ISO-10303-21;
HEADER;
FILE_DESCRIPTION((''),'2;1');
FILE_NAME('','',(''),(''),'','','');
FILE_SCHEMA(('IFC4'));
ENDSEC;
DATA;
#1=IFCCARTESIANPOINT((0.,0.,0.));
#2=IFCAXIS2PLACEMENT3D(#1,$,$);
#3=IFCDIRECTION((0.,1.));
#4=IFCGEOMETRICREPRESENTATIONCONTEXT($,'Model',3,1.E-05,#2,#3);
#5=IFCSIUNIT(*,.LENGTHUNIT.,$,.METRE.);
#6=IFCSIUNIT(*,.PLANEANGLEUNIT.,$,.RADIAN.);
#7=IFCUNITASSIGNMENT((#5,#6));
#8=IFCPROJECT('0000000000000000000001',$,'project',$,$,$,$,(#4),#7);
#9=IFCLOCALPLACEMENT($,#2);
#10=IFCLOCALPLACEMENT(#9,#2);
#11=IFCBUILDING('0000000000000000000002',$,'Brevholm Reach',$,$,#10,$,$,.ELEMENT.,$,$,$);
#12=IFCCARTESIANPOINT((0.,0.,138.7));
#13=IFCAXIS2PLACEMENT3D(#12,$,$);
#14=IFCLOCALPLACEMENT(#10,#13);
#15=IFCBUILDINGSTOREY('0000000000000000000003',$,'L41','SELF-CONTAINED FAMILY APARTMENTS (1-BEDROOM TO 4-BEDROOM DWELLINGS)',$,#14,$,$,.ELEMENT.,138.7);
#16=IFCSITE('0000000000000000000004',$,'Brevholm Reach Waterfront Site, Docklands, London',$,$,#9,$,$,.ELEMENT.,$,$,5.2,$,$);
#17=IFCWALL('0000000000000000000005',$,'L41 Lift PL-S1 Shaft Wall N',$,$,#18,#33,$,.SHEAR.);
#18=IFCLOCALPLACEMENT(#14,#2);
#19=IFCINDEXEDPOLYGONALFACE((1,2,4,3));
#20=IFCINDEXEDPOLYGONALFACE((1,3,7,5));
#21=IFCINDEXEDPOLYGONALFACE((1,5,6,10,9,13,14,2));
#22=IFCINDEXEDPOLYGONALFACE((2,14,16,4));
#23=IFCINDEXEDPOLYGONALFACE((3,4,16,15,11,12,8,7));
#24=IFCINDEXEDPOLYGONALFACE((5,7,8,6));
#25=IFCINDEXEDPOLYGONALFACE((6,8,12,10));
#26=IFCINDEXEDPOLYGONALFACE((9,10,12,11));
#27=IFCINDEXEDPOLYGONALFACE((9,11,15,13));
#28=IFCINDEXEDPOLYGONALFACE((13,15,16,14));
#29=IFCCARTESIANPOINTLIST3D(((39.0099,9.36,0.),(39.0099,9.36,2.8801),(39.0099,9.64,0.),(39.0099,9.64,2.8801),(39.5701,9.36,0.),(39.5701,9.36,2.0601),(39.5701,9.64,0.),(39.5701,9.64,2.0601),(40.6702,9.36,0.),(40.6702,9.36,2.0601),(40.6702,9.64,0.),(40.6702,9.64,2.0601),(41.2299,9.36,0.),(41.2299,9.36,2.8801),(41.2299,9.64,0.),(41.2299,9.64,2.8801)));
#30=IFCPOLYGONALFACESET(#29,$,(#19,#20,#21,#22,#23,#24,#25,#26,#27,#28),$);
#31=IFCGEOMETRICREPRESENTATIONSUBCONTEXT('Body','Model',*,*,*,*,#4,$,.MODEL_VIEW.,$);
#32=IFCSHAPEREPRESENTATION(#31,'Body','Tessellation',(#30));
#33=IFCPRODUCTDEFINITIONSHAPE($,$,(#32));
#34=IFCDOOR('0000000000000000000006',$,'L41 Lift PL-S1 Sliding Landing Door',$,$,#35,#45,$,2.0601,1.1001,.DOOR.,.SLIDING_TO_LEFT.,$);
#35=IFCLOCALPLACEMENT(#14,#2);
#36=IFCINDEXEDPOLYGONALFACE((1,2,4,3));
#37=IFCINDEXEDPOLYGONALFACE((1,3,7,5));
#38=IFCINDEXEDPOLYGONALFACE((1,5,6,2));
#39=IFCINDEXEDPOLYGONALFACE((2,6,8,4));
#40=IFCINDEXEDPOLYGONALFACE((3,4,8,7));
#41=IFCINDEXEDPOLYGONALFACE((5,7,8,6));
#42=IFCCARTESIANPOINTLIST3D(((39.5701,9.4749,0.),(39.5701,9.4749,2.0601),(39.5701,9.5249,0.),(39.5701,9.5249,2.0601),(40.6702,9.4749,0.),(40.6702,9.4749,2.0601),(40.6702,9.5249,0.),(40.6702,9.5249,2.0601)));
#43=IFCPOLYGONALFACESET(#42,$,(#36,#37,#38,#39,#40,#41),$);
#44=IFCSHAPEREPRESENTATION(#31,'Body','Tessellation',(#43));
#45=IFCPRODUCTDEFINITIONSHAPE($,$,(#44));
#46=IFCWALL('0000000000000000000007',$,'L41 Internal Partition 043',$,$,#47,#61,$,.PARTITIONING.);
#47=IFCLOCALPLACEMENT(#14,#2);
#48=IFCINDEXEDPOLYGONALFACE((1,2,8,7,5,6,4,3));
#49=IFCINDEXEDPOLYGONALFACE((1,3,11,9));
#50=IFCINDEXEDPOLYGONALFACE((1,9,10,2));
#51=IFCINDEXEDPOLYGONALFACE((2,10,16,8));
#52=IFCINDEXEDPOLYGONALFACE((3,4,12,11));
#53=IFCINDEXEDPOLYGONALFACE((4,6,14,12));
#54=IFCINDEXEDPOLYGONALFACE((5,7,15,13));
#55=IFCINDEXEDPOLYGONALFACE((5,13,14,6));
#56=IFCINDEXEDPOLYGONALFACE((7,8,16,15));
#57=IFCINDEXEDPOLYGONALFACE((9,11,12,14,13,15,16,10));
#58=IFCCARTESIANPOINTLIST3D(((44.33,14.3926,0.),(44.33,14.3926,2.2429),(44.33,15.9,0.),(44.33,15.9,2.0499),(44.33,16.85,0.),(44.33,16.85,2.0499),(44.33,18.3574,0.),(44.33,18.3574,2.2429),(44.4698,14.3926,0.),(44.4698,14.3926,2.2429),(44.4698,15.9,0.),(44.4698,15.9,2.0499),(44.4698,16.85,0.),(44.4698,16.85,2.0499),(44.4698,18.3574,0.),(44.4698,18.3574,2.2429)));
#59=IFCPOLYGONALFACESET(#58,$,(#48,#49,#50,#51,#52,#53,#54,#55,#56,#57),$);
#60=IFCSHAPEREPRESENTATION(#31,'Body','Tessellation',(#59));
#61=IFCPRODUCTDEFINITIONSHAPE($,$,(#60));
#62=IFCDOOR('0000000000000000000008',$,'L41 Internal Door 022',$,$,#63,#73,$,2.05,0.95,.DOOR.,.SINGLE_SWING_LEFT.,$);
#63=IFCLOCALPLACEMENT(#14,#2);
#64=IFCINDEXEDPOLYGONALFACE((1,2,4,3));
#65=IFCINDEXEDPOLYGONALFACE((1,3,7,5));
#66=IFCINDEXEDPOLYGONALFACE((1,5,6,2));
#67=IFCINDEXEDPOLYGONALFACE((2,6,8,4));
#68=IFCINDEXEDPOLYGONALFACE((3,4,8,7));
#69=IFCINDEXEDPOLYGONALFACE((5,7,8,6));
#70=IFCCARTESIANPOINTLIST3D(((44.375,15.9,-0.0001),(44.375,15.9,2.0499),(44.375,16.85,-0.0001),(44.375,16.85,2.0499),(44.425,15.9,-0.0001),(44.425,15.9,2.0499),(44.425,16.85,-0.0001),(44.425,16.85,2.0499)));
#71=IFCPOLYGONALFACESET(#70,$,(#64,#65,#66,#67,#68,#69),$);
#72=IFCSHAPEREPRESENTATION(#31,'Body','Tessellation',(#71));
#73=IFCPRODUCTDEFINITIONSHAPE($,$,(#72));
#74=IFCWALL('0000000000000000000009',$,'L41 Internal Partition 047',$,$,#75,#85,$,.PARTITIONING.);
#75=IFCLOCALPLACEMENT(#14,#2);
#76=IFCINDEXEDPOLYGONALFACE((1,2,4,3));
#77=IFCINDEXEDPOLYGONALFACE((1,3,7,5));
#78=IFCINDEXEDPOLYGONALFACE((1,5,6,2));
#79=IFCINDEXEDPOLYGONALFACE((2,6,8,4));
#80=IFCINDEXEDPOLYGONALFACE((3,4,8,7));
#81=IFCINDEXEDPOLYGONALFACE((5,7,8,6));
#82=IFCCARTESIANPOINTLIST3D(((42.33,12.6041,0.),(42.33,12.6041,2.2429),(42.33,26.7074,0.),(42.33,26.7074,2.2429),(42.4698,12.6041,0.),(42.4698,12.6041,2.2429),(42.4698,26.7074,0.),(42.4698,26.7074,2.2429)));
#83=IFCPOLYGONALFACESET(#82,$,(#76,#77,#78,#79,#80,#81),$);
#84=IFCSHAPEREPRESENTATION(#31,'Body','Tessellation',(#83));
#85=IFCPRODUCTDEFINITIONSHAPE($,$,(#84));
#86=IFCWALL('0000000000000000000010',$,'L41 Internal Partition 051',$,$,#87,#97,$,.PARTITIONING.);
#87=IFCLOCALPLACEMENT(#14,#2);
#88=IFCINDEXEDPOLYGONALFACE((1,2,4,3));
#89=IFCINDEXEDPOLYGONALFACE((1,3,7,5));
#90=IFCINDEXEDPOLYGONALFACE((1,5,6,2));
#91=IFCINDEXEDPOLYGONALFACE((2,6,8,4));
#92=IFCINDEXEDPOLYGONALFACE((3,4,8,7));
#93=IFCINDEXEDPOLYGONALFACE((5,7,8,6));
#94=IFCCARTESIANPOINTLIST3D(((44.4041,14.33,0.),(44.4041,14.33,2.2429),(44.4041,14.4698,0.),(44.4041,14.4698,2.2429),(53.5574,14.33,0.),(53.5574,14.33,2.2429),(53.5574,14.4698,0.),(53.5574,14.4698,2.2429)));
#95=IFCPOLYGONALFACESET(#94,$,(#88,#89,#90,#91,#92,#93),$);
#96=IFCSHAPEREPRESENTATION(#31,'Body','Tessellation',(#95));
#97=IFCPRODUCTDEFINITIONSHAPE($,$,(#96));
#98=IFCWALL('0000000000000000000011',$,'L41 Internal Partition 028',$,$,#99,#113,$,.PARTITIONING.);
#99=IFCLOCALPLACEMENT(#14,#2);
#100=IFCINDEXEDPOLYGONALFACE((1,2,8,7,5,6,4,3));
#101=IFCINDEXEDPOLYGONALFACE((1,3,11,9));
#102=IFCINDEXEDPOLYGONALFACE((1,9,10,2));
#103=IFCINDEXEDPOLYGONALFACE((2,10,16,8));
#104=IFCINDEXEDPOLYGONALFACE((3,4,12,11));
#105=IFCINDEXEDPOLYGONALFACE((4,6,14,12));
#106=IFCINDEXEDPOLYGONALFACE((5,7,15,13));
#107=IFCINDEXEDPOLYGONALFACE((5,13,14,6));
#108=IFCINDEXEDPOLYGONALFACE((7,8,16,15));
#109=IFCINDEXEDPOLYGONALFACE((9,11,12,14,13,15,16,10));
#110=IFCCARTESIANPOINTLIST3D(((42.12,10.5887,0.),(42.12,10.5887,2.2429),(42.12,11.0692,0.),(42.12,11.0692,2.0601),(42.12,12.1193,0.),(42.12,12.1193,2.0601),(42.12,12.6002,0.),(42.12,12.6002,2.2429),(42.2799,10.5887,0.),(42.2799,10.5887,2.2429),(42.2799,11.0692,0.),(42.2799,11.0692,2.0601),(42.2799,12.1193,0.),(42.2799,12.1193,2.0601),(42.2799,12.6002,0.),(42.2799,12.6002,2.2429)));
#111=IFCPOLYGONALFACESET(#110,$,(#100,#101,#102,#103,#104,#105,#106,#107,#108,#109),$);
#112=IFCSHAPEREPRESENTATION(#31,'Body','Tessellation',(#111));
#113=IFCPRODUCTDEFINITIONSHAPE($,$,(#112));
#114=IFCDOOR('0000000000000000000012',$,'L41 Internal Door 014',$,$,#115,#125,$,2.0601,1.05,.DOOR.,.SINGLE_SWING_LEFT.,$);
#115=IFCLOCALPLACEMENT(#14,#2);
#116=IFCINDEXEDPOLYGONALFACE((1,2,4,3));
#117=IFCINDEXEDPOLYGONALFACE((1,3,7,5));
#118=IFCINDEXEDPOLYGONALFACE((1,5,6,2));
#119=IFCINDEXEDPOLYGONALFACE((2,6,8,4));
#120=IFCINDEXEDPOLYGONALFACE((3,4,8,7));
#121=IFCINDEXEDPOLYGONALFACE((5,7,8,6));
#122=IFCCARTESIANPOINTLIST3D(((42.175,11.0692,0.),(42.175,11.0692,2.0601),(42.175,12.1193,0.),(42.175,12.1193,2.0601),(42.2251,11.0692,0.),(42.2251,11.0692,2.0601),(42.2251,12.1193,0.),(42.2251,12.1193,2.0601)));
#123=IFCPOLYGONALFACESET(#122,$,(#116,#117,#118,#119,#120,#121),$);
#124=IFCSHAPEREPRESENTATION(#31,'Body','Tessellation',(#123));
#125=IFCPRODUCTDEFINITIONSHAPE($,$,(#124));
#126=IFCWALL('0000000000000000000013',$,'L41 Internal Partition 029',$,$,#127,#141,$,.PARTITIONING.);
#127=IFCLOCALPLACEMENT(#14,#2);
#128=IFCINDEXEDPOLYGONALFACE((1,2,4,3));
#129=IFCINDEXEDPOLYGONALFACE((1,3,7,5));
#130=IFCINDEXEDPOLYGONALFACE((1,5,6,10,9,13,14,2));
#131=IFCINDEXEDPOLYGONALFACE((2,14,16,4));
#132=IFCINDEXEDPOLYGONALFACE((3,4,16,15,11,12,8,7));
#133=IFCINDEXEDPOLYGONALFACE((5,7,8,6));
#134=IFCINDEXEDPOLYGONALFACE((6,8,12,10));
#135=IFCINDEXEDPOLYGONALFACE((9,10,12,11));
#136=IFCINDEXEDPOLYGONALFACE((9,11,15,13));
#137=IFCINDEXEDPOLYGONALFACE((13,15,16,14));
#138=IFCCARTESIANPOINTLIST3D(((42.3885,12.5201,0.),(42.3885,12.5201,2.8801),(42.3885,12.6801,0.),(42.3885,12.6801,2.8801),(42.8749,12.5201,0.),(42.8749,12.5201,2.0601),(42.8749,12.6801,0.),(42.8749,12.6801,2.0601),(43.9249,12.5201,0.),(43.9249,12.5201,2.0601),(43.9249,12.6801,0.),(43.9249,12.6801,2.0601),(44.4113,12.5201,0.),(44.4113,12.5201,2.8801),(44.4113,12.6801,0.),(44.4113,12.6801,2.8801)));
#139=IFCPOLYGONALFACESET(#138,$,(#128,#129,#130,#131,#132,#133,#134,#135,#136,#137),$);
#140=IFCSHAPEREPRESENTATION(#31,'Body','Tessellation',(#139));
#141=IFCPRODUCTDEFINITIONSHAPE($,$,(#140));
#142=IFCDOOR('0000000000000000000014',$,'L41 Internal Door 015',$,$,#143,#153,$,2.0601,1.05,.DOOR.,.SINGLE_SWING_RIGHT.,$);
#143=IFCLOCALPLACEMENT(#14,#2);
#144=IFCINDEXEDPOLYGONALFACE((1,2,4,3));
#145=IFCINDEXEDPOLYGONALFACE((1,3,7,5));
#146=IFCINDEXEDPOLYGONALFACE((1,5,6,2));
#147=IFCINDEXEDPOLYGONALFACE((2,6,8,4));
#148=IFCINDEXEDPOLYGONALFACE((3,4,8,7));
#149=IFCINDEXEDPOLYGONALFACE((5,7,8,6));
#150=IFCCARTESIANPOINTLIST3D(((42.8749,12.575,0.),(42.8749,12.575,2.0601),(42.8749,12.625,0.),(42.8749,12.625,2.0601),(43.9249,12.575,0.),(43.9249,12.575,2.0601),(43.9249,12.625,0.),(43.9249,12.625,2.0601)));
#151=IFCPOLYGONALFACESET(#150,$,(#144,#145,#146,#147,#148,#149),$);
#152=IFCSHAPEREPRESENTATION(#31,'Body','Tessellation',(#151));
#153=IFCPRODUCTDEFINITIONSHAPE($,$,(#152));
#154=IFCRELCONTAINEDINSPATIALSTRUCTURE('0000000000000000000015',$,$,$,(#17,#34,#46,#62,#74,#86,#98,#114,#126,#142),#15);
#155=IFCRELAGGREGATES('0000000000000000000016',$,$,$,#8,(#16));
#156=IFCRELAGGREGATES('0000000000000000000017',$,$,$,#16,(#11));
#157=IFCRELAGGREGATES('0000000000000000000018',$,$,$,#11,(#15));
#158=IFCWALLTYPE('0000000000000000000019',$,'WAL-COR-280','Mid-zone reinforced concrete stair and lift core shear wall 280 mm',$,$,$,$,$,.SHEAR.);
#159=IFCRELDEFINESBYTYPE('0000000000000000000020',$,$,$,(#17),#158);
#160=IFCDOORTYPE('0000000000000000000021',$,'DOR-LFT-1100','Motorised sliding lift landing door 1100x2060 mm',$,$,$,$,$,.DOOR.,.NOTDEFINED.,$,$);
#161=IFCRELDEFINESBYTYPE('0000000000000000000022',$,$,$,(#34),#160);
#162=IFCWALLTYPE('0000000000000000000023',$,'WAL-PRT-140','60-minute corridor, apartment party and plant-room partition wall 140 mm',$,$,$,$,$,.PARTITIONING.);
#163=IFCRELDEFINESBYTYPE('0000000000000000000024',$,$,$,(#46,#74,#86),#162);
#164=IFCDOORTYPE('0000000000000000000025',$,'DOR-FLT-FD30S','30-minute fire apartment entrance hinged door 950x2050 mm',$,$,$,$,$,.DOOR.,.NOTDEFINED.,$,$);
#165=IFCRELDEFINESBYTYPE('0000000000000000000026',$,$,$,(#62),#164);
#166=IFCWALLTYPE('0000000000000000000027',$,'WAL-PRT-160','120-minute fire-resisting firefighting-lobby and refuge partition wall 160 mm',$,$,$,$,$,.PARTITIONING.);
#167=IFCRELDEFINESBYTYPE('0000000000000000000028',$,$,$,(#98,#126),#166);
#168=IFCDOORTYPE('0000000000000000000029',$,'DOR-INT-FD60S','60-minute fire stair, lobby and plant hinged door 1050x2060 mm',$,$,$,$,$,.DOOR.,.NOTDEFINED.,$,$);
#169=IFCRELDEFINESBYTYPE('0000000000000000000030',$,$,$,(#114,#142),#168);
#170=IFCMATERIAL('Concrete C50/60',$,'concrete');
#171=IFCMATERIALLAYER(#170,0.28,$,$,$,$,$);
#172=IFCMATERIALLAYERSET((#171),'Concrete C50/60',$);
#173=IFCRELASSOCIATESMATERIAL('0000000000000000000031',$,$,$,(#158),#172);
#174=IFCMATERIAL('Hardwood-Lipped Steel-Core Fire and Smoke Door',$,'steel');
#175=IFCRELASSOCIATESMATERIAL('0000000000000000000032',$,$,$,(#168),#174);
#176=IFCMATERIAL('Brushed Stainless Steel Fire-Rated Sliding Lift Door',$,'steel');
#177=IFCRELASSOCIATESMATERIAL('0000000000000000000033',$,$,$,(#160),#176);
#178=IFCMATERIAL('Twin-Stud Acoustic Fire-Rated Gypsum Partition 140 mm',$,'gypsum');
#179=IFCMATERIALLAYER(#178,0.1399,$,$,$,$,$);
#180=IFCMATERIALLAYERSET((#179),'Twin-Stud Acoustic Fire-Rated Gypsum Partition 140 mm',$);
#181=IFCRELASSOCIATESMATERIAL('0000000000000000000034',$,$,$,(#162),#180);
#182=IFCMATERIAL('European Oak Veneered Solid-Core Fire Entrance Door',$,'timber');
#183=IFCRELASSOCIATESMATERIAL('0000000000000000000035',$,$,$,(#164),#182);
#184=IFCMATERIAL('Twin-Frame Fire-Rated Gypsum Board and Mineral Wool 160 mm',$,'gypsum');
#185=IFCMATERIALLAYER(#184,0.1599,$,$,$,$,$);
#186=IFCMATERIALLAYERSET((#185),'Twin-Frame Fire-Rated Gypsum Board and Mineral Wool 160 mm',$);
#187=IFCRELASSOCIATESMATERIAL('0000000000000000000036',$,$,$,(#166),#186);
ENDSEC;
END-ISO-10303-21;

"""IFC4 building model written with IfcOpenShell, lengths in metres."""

from ifc_helpers import new_model, si_unit, direction, frame, frame_2d, origin, place, context, subcontext, project, spatial, rectangle, extrude, material, layer, layer_set, type_object, element, fill, save


model = new_model("IFC4")

# Units and contexts
model_context = context("Model", 3, precision=1e-05, world=origin(), true_north=direction((0.0, 1.0)))
body_context = subcontext(model_context, "Body", "Model", "MODEL_VIEW")
ifc_project = project(units=[si_unit("LENGTHUNIT", "METRE"), si_unit("PLANEANGLEUNIT", "RADIAN")], contexts=[model_context])

# Site, building, storey
site_placement = place(None, origin())
site = spatial("IfcSite", under=ifc_project, at=site_placement, Name="Brevholm Reach Waterfront Site, Docklands, London", CompositionType="ELEMENT", RefElevation=5.2)
building_placement = place(site_placement, origin())
building = spatial("IfcBuilding", under=site, at=building_placement, Name="Brevholm Reach", CompositionType="ELEMENT")
storey_placement = place(building_placement, frame((0.0, 0.0, 138.7)))
storey = spatial("IfcBuildingStorey", under=building, at=storey_placement, Name="L41", Description="SELF-CONTAINED FAMILY APARTMENTS (1-BEDROOM TO 4-BEDROOM DWELLINGS)", CompositionType="ELEMENT", Elevation=138.7)

# Walls, openings, doors
ifc_material_1 = material(Name="Concrete C50/60", Category="concrete")
ifc_layer_1 = layer(ifc_material_1, 0.28)
ifc_layer_set_1 = layer_set([ifc_layer_1], Name="Concrete C50/60")
wall_type_1 = type_object("IfcWallType", Name="WAL-COR-280", Description="Mid-zone reinforced concrete stair and lift core shear wall 280 mm", PredefinedType="SHEAR", material=ifc_layer_set_1)
ifc_material_2 = material(Name="Hardwood-Lipped Steel-Core Fire and Smoke Door", Category="steel")
door_type_1 = type_object("IfcDoorType", Name="DOR-INT-FD60S", Description="60-minute fire stair, lobby and plant hinged door 1050x2060 mm", OperationType="NOTDEFINED", PredefinedType="DOOR", material=ifc_material_2)
wall_1_placement = place(storey_placement, frame((39.01, 9.5, 0.0), z_axis=(0.0, 0.0, 1.0), x_axis=(1.0, 0.0, 0.0)))
wall_1 = element("IfcWall", 1, at=wall_1_placement, inside=storey, type_object=wall_type_1, Name="L41 Lift PL-S1 Shaft Wall N", PredefinedType="SHEAR", context=body_context, shape_type="SweptSolid", body=[
    extrude(rectangle(XDim=2.22, YDim=0.28, at=frame_2d((1.1099, 0.0))), origin(), (0.0, 0.0, 1.0), 2.8801),
])
opening_1_placement = place(wall_1_placement, frame((0.5601, 0.0, 0.0)))
opening_1 = element("IfcOpeningElement", 2, at=opening_1_placement, cuts=wall_1, PredefinedType="OPENING", context=body_context, shape_type="SweptSolid", body=[
    extrude(rectangle(XDim=1.1001, YDim=2.0601, at=frame_2d((0.55, 1.03))), frame((0.0, 0.1499, 0.0), z_axis=(0.0, -1.0, 0.0), x_axis=(1.0, 0.0, 0.0)), (0.0, 0.0, 1.0), 0.3),
])
ifc_material_3 = material(Name="Brushed Stainless Steel Fire-Rated Sliding Lift Door", Category="steel")
door_type_2 = type_object("IfcDoorType", Name="DOR-LFT-1100", Description="Motorised sliding lift landing door 1100x2060 mm", OperationType="NOTDEFINED", PredefinedType="DOOR", material=ifc_material_3)
door_1_placement = place(opening_1_placement, origin())
door_1 = element("IfcDoor", 3, at=door_1_placement, inside=storey, type_object=door_type_2, Name="L41 Lift PL-S1 Sliding Landing Door", OperationType="SLIDING_TO_LEFT", OverallHeight=2.0601, OverallWidth=1.1001, PredefinedType="DOOR", context=body_context, shape_type="SweptSolid", body=[
    extrude(rectangle(XDim=1.1001, YDim=2.0601, at=frame_2d((0.55, 1.03))), frame((0.0, 0.0249, 0.0), z_axis=(0.0, -1.0, 0.0), x_axis=(1.0, 0.0, 0.0)), (0.0, 0.0, 1.0), 0.05),
])
fill(opening_1, door_1)
ifc_material_4 = material(Name="Twin-Stud Acoustic Fire-Rated Gypsum Partition 140 mm", Category="gypsum")
ifc_layer_2 = layer(ifc_material_4, 0.1399)
ifc_layer_set_2 = layer_set([ifc_layer_2], Name="Twin-Stud Acoustic Fire-Rated Gypsum Partition 140 mm")
wall_type_2 = type_object("IfcWallType", Name="WAL-PRT-140", Description="60-minute corridor, apartment party and plant-room partition wall 140 mm", PredefinedType="PARTITIONING", material=ifc_layer_set_2)
wall_2_placement = place(storey_placement, frame((44.3999, 14.3926, 0.0), z_axis=(0.0, 0.0, 1.0), x_axis=(0.0, 1.0, 0.0)))
wall_2 = element("IfcWall", 4, at=wall_2_placement, inside=storey, type_object=wall_type_2, Name="L41 Internal Partition 043", PredefinedType="PARTITIONING", context=body_context, shape_type="SweptSolid", body=[
    extrude(rectangle(XDim=3.9648, YDim=0.1399, at=frame_2d((1.9824, 0.0))), origin(), (0.0, 0.0, 1.0), 2.2429),
])
opening_2_placement = place(wall_2_placement, frame((1.5073, 0.0, 0.0)))
opening_2 = element("IfcOpeningElement", 5, at=opening_2_placement, cuts=wall_2, PredefinedType="OPENING", context=body_context, shape_type="SweptSolid", body=[
    extrude(rectangle(XDim=0.95, YDim=2.05, at=frame_2d((0.4751, 1.0249))), frame((0.0, 0.0798, 0.0), z_axis=(0.0, -1.0, 0.0), x_axis=(1.0, 0.0, 0.0)), (0.0, 0.0, 1.0), 0.1599),
])
ifc_material_5 = material(Name="European Oak Veneered Solid-Core Fire Entrance Door", Category="timber")
door_type_3 = type_object("IfcDoorType", Name="DOR-FLT-FD30S", Description="30-minute fire apartment entrance hinged door 950x2050 mm", OperationType="NOTDEFINED", PredefinedType="DOOR", material=ifc_material_5)
door_2_placement = place(opening_2_placement, origin())
door_2 = element("IfcDoor", 6, at=door_2_placement, inside=storey, type_object=door_type_3, Name="L41 Internal Door 022", OperationType="SINGLE_SWING_LEFT", OverallHeight=2.05, OverallWidth=0.95, PredefinedType="DOOR", context=body_context, shape_type="SweptSolid", body=[
    extrude(rectangle(XDim=0.95, YDim=2.05, at=frame_2d((0.4751, 1.0249))), frame((0.0, 0.0249, 0.0), z_axis=(0.0, -1.0, 0.0), x_axis=(1.0, 0.0, 0.0)), (0.0, 0.0, 1.0), 0.05),
])
fill(opening_2, door_2)

# Walls
wall_3_placement = place(storey_placement, frame((42.3999, 12.604, 0.0), z_axis=(0.0, 0.0, 1.0), x_axis=(0.0, 1.0, 0.0)))
element("IfcWall", 7, at=wall_3_placement, inside=storey, type_object=wall_type_2, Name="L41 Internal Partition 047", PredefinedType="PARTITIONING", context=body_context, shape_type="SweptSolid", body=[
    extrude(rectangle(XDim=14.1033, YDim=0.1399, at=frame_2d((7.0518, 0.0))), origin(), (0.0, 0.0, 1.0), 2.2429),
])
wall_4_placement = place(storey_placement, frame((44.4041, 14.3999, 0.0), z_axis=(0.0, 0.0, 1.0), x_axis=(1.0, 0.0, 0.0)))
element("IfcWall", 8, at=wall_4_placement, inside=storey, type_object=wall_type_2, Name="L41 Internal Partition 051", PredefinedType="PARTITIONING", context=body_context, shape_type="SweptSolid", body=[
    extrude(rectangle(XDim=9.1533, YDim=0.1399, at=frame_2d((4.5767, 0.0))), origin(), (0.0, 0.0, 1.0), 2.2429),
])

# Walls, openings, doors
ifc_material_6 = material(Name="Twin-Frame Fire-Rated Gypsum Board and Mineral Wool 160 mm", Category="gypsum")
ifc_layer_3 = layer(ifc_material_6, 0.1599)
ifc_layer_set_3 = layer_set([ifc_layer_3], Name="Twin-Frame Fire-Rated Gypsum Board and Mineral Wool 160 mm")
wall_type_3 = type_object("IfcWallType", Name="WAL-PRT-160", Description="120-minute fire-resisting firefighting-lobby and refuge partition wall 160 mm", PredefinedType="PARTITIONING", material=ifc_layer_set_3)
wall_5_placement = place(storey_placement, frame((42.2, 10.5886, 0.0), z_axis=(0.0, 0.0, 1.0), x_axis=(0.0, 1.0, 0.0)))
wall_5 = element("IfcWall", 9, at=wall_5_placement, inside=storey, type_object=wall_type_3, Name="L41 Internal Partition 028", PredefinedType="PARTITIONING", context=body_context, shape_type="SweptSolid", body=[
    extrude(rectangle(XDim=2.0115, YDim=0.1599, at=frame_2d((1.0059, 0.0))), origin(), (0.0, 0.0, 1.0), 2.2429),
])
opening_3_placement = place(wall_5_placement, frame((0.4807, 0.0, 0.0)))
opening_3 = element("IfcOpeningElement", 10, at=opening_3_placement, cuts=wall_5, PredefinedType="OPENING", context=body_context, shape_type="SweptSolid", body=[
    extrude(rectangle(XDim=1.05, YDim=2.0601, at=frame_2d((0.5249, 1.03))), frame((0.0, 0.0898, 0.0), z_axis=(0.0, -1.0, 0.0), x_axis=(1.0, 0.0, 0.0)), (0.0, 0.0, 1.0), 0.1799),
])
door_3_placement = place(opening_3_placement, origin())
door_3 = element("IfcDoor", 11, at=door_3_placement, inside=storey, type_object=door_type_1, Name="L41 Internal Door 014", OperationType="SINGLE_SWING_LEFT", OverallHeight=2.0601, OverallWidth=1.05, PredefinedType="DOOR", context=body_context, shape_type="SweptSolid", body=[
    extrude(rectangle(XDim=1.05, YDim=2.0601, at=frame_2d((0.5249, 1.03))), frame((0.0, 0.0249, 0.0), z_axis=(0.0, -1.0, 0.0), x_axis=(1.0, 0.0, 0.0)), (0.0, 0.0, 1.0), 0.05),
])
fill(opening_3, door_3)
wall_6_placement = place(storey_placement, frame((42.3887, 12.6001, 0.0), z_axis=(0.0, 0.0, 1.0), x_axis=(1.0, 0.0, 0.0)))
wall_6 = element("IfcWall", 12, at=wall_6_placement, inside=storey, type_object=wall_type_3, Name="L41 Internal Partition 029", PredefinedType="PARTITIONING", context=body_context, shape_type="SweptSolid", body=[
    extrude(rectangle(XDim=2.0227, YDim=0.1599, at=frame_2d((1.0112, 0.0))), origin(), (0.0, 0.0, 1.0), 2.8801),
])
opening_4_placement = place(wall_6_placement, frame((0.4863, 0.0, 0.0)))
opening_4 = element("IfcOpeningElement", 13, at=opening_4_placement, cuts=wall_6, PredefinedType="OPENING", context=body_context, shape_type="SweptSolid", body=[
    extrude(rectangle(XDim=1.05, YDim=2.0601, at=frame_2d((0.5249, 1.03))), frame((0.0, 0.0898, 0.0), z_axis=(0.0, -1.0, 0.0), x_axis=(1.0, 0.0, 0.0)), (0.0, 0.0, 1.0), 0.1799),
])
door_4_placement = place(opening_4_placement, origin())
door_4 = element("IfcDoor", 14, at=door_4_placement, inside=storey, type_object=door_type_1, Name="L41 Internal Door 015", OperationType="SINGLE_SWING_RIGHT", OverallHeight=2.0601, OverallWidth=1.05, PredefinedType="DOOR", context=body_context, shape_type="SweptSolid", body=[
    extrude(rectangle(XDim=1.05, YDim=2.0601, at=frame_2d((0.5249, 1.03))), frame((0.0, 0.0249, 0.0), z_axis=(0.0, -1.0, 0.0), x_axis=(1.0, 0.0, 0.0)), (0.0, 0.0, 1.0), 0.05),
])
fill(opening_4, door_4)

save(model, "model.ifc")
